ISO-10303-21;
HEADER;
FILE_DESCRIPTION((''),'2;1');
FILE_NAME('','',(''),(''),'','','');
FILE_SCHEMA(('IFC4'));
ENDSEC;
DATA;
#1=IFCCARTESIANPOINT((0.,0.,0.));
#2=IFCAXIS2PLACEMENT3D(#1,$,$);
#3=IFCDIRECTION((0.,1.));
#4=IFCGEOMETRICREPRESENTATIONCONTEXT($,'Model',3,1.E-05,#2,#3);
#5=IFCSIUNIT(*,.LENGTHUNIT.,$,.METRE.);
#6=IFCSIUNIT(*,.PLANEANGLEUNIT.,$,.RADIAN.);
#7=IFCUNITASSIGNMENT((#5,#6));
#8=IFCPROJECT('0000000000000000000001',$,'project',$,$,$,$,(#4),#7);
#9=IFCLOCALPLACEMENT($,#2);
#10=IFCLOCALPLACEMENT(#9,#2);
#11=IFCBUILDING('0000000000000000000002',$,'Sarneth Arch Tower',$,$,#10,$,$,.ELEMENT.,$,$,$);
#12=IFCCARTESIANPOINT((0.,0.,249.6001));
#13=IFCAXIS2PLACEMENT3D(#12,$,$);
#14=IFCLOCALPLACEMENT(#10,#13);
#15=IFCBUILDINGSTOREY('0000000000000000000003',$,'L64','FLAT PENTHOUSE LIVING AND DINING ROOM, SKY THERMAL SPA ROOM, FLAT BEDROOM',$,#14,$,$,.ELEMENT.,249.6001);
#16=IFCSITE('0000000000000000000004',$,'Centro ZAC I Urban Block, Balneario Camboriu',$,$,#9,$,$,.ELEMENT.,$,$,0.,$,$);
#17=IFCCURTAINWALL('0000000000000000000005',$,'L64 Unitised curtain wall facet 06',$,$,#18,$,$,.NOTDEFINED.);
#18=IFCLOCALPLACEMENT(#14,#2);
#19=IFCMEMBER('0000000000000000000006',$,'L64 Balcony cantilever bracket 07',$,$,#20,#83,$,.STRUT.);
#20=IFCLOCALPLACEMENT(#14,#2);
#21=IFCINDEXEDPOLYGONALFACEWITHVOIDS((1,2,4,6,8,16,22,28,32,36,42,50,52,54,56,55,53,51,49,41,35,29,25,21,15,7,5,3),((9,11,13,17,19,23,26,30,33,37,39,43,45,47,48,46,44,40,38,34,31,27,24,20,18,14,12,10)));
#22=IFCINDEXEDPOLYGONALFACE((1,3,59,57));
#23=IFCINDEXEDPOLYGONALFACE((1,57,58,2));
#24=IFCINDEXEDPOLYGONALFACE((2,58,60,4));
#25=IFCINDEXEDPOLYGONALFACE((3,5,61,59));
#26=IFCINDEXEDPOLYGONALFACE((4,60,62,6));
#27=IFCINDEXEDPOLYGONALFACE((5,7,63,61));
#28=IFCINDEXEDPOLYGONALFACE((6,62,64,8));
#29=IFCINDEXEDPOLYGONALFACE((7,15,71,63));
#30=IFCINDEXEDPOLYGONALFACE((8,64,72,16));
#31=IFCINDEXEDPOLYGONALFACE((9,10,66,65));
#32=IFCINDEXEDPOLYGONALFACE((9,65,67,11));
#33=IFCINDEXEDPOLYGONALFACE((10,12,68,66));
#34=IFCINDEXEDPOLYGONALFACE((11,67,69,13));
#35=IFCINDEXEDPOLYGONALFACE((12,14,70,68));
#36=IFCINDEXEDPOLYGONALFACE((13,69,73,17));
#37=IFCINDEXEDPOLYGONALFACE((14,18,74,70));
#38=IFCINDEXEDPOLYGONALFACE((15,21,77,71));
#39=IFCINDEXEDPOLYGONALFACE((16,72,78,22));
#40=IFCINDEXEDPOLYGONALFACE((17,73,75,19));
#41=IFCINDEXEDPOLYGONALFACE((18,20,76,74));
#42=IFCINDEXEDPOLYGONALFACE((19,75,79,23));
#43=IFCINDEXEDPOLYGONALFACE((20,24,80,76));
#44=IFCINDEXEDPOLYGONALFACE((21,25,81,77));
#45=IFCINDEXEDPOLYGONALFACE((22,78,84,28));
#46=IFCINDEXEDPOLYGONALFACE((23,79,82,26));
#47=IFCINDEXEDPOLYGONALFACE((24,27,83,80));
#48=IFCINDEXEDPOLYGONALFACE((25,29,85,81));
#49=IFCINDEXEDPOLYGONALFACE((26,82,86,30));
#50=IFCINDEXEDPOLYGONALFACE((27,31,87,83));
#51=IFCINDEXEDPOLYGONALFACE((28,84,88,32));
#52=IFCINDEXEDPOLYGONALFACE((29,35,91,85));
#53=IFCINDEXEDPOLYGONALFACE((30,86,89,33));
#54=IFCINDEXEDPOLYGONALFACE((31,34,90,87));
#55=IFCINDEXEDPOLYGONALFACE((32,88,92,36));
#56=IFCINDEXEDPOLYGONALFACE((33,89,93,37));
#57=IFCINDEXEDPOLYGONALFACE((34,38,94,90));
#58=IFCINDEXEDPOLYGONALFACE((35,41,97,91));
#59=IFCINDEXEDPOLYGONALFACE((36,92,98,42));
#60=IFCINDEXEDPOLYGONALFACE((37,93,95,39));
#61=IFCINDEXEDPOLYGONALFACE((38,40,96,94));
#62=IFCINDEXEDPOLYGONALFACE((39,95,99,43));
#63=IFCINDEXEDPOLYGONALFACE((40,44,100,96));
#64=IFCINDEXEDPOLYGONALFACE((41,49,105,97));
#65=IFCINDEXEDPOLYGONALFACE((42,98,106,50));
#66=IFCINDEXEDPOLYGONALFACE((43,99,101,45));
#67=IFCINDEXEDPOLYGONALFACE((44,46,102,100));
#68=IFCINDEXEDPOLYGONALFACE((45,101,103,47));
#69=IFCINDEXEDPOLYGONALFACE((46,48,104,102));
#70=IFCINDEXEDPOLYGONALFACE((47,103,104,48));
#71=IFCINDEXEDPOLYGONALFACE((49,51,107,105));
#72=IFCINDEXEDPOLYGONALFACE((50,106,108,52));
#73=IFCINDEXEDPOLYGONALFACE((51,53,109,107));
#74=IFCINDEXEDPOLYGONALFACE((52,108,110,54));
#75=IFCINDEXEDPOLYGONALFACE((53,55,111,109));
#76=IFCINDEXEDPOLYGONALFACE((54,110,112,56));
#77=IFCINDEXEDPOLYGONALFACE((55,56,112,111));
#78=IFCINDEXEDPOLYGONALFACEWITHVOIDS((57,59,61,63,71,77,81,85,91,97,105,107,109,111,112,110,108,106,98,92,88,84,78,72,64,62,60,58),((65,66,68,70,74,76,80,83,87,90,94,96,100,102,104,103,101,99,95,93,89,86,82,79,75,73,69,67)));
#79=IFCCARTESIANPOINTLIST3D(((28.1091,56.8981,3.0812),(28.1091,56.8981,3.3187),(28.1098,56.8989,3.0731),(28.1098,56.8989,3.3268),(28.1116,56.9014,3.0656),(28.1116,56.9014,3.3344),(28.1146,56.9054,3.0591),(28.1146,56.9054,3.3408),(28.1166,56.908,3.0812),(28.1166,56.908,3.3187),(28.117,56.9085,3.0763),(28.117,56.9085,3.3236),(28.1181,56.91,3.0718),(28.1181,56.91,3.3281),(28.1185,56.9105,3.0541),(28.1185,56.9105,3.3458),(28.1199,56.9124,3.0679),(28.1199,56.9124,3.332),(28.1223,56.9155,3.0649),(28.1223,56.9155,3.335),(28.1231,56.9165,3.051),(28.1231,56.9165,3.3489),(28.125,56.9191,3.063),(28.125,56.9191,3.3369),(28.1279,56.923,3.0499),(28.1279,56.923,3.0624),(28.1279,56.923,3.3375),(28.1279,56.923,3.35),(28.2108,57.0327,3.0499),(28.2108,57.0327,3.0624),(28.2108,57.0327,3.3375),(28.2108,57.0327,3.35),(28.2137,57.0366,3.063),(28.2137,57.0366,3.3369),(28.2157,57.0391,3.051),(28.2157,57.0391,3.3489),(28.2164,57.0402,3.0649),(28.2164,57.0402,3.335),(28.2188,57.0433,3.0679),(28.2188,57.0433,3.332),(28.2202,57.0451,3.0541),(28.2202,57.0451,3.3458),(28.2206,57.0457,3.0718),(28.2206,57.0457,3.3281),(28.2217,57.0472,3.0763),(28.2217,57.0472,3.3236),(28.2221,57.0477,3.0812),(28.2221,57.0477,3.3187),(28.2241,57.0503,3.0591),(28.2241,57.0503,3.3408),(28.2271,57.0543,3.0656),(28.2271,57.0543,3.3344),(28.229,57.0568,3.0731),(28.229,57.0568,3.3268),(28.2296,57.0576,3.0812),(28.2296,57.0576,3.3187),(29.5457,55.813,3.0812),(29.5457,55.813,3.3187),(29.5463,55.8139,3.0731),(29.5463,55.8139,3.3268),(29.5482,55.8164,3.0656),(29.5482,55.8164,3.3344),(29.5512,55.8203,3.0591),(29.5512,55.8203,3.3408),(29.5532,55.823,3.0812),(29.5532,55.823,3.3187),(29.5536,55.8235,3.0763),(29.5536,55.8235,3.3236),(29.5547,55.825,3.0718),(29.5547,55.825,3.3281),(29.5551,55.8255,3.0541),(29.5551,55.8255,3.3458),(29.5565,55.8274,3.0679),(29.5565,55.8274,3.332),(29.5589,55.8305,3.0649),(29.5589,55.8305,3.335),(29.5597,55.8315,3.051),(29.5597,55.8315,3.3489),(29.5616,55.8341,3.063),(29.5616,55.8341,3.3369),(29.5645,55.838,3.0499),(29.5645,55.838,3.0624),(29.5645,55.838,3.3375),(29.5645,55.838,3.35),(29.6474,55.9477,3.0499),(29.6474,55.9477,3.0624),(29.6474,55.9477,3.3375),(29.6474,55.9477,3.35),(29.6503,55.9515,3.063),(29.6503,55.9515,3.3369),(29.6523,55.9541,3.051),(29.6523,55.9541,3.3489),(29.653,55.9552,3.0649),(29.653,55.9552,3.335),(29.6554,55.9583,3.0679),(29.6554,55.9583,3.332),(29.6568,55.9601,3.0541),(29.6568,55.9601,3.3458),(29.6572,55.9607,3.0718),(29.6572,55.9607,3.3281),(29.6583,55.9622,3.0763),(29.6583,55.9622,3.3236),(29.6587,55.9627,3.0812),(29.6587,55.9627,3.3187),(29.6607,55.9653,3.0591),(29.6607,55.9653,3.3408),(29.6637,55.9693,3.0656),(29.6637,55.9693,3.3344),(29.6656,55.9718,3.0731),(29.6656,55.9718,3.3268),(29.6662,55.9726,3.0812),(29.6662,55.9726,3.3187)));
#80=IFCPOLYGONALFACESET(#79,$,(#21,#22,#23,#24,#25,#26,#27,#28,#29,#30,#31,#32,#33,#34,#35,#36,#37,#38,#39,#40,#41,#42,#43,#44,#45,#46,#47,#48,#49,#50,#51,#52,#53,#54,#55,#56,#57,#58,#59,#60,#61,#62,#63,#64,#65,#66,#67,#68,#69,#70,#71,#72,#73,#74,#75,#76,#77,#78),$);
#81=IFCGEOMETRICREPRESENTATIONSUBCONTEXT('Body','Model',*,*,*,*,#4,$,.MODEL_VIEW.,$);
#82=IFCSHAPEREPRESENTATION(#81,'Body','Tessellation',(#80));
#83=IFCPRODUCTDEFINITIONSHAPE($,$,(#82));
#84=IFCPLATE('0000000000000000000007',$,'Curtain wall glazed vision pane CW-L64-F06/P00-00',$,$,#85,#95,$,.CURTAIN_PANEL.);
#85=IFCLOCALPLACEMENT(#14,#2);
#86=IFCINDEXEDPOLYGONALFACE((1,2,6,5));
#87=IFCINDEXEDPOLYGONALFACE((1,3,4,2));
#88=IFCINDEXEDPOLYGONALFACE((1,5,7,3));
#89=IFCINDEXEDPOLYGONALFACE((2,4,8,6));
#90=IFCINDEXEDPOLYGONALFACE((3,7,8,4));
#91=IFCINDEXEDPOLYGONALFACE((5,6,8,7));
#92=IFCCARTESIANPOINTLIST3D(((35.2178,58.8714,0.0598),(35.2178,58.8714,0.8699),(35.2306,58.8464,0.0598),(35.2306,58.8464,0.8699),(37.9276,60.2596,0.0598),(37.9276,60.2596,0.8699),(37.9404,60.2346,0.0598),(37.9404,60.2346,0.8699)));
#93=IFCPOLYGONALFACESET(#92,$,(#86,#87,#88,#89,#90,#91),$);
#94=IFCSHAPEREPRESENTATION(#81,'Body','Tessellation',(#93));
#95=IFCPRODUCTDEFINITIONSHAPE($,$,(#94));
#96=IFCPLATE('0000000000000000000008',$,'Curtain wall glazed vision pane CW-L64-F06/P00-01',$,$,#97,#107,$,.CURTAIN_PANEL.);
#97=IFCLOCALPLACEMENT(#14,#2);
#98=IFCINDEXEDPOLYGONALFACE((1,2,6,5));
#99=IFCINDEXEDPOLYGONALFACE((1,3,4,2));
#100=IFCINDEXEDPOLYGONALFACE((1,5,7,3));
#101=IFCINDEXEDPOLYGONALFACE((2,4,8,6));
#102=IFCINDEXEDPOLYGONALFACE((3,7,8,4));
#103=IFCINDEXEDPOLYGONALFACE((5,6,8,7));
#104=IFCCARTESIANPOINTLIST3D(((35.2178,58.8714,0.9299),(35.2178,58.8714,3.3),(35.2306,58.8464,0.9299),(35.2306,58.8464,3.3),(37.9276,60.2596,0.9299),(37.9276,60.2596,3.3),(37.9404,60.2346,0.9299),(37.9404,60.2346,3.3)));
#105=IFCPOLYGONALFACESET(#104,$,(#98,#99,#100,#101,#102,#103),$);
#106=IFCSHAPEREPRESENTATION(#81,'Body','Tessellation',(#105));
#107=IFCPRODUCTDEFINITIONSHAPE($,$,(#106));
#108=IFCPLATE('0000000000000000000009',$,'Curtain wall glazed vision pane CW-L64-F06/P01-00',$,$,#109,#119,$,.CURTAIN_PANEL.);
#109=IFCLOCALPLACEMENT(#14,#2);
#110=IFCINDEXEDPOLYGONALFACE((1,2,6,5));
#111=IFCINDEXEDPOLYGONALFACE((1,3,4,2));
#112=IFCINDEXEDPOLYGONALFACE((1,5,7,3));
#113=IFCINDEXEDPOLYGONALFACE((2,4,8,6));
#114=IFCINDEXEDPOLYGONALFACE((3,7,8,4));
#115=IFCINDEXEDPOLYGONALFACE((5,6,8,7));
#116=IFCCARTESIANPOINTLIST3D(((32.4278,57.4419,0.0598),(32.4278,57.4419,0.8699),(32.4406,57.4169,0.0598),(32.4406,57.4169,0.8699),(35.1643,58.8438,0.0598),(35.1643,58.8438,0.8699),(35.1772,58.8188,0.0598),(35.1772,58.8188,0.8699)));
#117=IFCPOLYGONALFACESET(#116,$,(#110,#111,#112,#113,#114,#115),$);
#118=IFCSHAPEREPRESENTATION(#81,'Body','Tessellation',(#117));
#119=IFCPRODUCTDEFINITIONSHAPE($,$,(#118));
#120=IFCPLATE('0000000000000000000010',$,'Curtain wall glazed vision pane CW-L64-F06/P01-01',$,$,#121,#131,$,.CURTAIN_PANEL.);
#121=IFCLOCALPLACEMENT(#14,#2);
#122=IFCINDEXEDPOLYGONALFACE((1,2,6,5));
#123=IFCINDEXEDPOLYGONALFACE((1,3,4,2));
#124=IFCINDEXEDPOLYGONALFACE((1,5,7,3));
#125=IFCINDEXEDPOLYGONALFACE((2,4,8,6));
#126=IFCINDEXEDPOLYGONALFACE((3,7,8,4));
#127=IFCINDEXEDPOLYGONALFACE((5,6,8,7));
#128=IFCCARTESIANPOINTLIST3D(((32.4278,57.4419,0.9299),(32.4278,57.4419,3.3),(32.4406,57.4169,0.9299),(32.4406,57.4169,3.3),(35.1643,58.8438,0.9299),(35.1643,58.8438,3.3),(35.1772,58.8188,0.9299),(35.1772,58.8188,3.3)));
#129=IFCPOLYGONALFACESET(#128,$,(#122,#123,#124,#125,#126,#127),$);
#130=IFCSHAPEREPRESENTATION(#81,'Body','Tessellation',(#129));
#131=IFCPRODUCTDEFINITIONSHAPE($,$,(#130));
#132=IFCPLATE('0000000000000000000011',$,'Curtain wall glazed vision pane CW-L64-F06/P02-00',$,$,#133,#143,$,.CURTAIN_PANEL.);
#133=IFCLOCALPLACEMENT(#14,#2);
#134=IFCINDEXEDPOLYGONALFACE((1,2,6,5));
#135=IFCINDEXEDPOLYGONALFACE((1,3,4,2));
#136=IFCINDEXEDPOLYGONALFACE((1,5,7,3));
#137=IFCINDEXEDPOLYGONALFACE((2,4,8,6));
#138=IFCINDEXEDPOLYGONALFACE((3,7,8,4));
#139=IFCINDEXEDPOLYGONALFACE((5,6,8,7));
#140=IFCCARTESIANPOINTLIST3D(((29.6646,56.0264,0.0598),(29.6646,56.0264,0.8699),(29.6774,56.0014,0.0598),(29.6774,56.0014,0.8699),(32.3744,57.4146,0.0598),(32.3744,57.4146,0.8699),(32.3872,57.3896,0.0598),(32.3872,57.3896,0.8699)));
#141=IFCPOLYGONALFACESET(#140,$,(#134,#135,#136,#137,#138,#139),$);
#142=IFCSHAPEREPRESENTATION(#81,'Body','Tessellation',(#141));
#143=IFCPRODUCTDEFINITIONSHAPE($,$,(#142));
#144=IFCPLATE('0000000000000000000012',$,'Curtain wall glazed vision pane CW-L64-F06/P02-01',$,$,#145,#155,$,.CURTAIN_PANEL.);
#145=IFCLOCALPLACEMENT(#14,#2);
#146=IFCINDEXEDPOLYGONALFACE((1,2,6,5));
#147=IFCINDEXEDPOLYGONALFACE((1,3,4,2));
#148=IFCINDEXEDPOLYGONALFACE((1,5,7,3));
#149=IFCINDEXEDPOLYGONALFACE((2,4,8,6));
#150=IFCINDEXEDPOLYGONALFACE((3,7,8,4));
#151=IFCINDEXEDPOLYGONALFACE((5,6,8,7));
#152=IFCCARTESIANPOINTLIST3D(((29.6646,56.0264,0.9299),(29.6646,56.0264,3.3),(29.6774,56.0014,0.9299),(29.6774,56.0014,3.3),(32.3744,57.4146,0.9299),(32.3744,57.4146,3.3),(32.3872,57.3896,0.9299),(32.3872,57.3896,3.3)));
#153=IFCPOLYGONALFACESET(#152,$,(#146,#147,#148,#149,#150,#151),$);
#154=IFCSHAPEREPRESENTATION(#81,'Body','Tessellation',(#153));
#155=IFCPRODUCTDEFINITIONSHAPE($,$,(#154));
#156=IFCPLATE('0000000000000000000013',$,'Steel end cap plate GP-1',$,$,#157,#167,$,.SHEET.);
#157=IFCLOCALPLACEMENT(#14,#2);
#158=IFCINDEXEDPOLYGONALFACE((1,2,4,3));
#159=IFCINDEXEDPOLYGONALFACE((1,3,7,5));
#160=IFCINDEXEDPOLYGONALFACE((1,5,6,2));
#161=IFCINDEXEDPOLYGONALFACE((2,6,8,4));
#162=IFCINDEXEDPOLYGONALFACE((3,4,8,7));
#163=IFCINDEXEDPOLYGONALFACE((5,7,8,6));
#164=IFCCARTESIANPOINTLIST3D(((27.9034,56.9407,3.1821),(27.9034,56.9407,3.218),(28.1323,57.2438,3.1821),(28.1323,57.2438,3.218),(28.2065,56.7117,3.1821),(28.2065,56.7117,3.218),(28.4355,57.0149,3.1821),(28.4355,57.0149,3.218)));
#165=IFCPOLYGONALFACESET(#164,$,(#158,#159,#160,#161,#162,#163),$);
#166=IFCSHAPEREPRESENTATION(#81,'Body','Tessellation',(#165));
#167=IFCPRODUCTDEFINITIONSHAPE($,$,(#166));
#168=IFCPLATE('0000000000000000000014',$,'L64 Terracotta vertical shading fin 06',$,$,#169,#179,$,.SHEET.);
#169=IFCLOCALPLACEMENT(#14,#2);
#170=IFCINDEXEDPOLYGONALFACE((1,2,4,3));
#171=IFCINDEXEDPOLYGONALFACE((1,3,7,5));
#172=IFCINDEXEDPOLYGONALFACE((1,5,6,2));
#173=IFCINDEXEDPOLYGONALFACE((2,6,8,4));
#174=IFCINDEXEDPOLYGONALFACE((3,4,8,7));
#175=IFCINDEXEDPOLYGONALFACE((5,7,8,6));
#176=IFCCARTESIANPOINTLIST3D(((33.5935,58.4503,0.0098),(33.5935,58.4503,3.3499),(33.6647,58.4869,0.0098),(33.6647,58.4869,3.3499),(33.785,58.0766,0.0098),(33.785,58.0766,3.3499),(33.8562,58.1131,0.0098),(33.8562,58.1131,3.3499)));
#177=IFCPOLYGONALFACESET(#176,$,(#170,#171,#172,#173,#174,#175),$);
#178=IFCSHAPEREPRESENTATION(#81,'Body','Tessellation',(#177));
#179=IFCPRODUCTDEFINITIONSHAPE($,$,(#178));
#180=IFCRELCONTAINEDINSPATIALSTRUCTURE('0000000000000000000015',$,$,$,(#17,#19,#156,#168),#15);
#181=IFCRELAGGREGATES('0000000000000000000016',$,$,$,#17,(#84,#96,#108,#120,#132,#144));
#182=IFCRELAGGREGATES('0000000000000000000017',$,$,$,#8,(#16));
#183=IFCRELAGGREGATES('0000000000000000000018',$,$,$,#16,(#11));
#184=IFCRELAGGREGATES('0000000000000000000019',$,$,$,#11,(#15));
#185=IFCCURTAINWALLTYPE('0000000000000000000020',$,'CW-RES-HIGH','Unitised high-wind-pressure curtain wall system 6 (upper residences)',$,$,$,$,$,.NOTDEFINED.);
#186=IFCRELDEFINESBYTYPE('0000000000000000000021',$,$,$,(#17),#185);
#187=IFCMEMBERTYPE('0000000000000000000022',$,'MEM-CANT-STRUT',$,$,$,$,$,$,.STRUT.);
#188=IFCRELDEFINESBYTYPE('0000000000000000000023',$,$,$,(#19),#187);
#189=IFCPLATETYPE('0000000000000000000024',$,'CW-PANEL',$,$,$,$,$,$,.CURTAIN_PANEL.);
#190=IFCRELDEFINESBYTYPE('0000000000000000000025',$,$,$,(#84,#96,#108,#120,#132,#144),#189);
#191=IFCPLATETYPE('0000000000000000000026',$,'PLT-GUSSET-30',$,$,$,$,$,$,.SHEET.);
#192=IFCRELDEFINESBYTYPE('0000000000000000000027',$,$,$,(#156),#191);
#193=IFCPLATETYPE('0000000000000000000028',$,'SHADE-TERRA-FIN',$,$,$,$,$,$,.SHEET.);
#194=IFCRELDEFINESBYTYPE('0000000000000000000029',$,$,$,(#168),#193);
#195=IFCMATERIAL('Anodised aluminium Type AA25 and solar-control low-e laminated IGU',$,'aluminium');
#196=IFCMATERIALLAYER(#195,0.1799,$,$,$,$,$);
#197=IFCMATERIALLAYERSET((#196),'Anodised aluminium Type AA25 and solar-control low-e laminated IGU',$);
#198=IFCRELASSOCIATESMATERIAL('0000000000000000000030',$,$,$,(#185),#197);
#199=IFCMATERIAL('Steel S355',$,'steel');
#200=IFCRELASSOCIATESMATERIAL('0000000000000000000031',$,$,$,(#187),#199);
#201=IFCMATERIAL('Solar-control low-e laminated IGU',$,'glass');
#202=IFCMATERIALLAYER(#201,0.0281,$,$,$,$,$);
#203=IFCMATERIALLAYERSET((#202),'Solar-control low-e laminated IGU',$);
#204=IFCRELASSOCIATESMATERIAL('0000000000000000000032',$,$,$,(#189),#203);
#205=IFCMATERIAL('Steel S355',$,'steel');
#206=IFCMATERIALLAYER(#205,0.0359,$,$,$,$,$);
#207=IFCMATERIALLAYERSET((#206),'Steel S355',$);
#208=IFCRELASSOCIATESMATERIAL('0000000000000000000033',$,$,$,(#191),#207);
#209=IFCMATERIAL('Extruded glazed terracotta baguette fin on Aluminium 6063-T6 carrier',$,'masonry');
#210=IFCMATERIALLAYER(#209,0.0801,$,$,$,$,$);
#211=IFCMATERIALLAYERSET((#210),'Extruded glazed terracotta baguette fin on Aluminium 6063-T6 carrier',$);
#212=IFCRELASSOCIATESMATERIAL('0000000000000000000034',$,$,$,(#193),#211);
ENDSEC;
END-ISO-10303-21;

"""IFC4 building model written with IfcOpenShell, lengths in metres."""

from ifc_helpers import new_model, si_unit, direction, frame, origin, origin_2d, place, context, subcontext, project, spatial, rectangle, hollow_rectangle, extrude, material, layer, layer_set, material_profile, profile_set, type_object, element, aggregate, save


model = new_model("IFC4")

# Units and contexts
model_context = context("Model", 3, precision=1e-05, world=origin(), true_north=direction((0.0, 1.0)))
body_context = subcontext(model_context, "Body", "Model", "MODEL_VIEW")
ifc_project = project(units=[si_unit("LENGTHUNIT", "METRE"), si_unit("PLANEANGLEUNIT", "RADIAN")], contexts=[model_context])

# Site, building, storey
site_placement = place(None, origin())
site = spatial("IfcSite", under=ifc_project, at=site_placement, Name="Centro ZAC I Urban Block, Balneario Camboriu", CompositionType="ELEMENT", RefElevation=0.0)
building_placement = place(site_placement, origin())
building = spatial("IfcBuilding", under=site, at=building_placement, Name="Sarneth Arch Tower", CompositionType="ELEMENT")
storey_placement = place(building_placement, frame((0.0, 0.0, 249.6001)))
storey = spatial("IfcBuildingStorey", under=building, at=storey_placement, Name="L64", Description="FLAT PENTHOUSE LIVING AND DINING ROOM, SKY THERMAL SPA ROOM, FLAT BEDROOM", CompositionType="ELEMENT", Elevation=249.6001)

# Curtain wall
ifc_material_1 = material(Name="Anodised aluminium Type AA25 and solar-control low-e laminated IGU", Category="aluminium")
ifc_layer_1 = layer(ifc_material_1, 0.1799)
ifc_layer_set_1 = layer_set([ifc_layer_1], Name="Anodised aluminium Type AA25 and solar-control low-e laminated IGU")
curtain_wall_type = type_object("IfcCurtainWallType", Name="CW-RES-HIGH", Description="Unitised high-wind-pressure curtain wall system 6 (upper residences)", PredefinedType="NOTDEFINED", material=ifc_layer_set_1)
curtain_wall_placement = place(storey_placement, origin())
curtain_wall = element("IfcCurtainWall", 1, at=curtain_wall_placement, inside=storey, type_object=curtain_wall_type, Name="L64 Unitised curtain wall facet 06", PredefinedType="NOTDEFINED")

# Member
ifc_material_2 = material(Name="Steel S355", Category="steel")
ifc_material_profile_1 = material_profile(ifc_material_2, hollow_rectangle(XDim=0.2, YDim=0.3, WallThickness=0.0125, InnerFilletRadius=0.0188, OuterFilletRadius=0.0312, at=origin_2d()), Name="RHS300x200x12.5")
ifc_profile_set_1 = profile_set([ifc_material_profile_1], Name="Steel S355")
member_type_1 = type_object("IfcMemberType", Name="MEM-CANT-STRUT", PredefinedType="STRUT", material=ifc_profile_set_1)
member_1_placement = place(storey_placement, frame((29.606, 55.8928, 3.2), z_axis=(-0.797977, 0.602687, 0.0), x_axis=(-0.602687, -0.797977, 0.0)))
element("IfcMember", 2, at=member_1_placement, inside=storey, type_object=member_type_1, Name="L64 Balcony cantilever bracket 07", PredefinedType="STRUT", context=body_context, shape_type="SweptSolid", body=[
    extrude(hollow_rectangle(XDim=0.2, YDim=0.3, WallThickness=0.0125, InnerFilletRadius=0.0188, OuterFilletRadius=0.0312, at=origin_2d()), origin(), (0.0, 0.0, 1.0), 1.8003),
])

# Plates
ifc_material_3 = material(Name="Solar-control low-e laminated IGU", Category="glass")
ifc_layer_2 = layer(ifc_material_3, 0.0281)
ifc_layer_set_2 = layer_set([ifc_layer_2], Name="Solar-control low-e laminated IGU")
plate_type_1 = type_object("IfcPlateType", Name="CW-PANEL", PredefinedType="CURTAIN_PANEL", material=ifc_layer_set_2)
plate_1_placement = place(storey_placement, frame((36.5791, 59.553, 0.0598), z_axis=(0.0, 0.0, 1.0), x_axis=(-0.89001, -0.455942, 0.0)))
plate_1 = element("IfcPlate", 3, at=plate_1_placement, type_object=plate_type_1, Name="Curtain wall glazed vision pane CW-L64-F06/P00-00", PredefinedType="CURTAIN_PANEL", context=body_context, shape_type="SweptSolid", body=[
    extrude(rectangle(XDim=3.0447, YDim=0.0281, at=origin_2d()), origin(), (0.0, 0.0, 1.0), 0.8101),
])
plate_2_placement = place(storey_placement, frame((36.5791, 59.553, 0.9299), z_axis=(0.0, 0.0, 1.0), x_axis=(-0.89001, -0.455942, 0.0)))
plate_2 = element("IfcPlate", 4, at=plate_2_placement, type_object=plate_type_1, Name="Curtain wall glazed vision pane CW-L64-F06/P00-01", PredefinedType="CURTAIN_PANEL", context=body_context, shape_type="SweptSolid", body=[
    extrude(rectangle(XDim=3.0447, YDim=0.0281, at=origin_2d()), origin(), (0.0, 0.0, 1.0), 2.3701),
])
plate_3_placement = place(storey_placement, frame((33.8025, 58.1304, 0.0598), z_axis=(0.0, 0.0, 1.0), x_axis=(-0.89001, -0.455942, 0.0)))
plate_3 = element("IfcPlate", 5, at=plate_3_placement, type_object=plate_type_1, Name="Curtain wall glazed vision pane CW-L64-F06/P01-00", PredefinedType="CURTAIN_PANEL", context=body_context, shape_type="SweptSolid", body=[
    extrude(rectangle(XDim=3.0747, YDim=0.0281, at=origin_2d()), origin(), (0.0, 0.0, 1.0), 0.8101),
])
plate_4_placement = place(storey_placement, frame((33.8025, 58.1304, 0.9299), z_axis=(0.0, 0.0, 1.0), x_axis=(-0.89001, -0.455942, 0.0)))
plate_4 = element("IfcPlate", 6, at=plate_4_placement, type_object=plate_type_1, Name="Curtain wall glazed vision pane CW-L64-F06/P01-01", PredefinedType="CURTAIN_PANEL", context=body_context, shape_type="SweptSolid", body=[
    extrude(rectangle(XDim=3.0747, YDim=0.0281, at=origin_2d()), origin(), (0.0, 0.0, 1.0), 2.3701),
])
plate_5_placement = place(storey_placement, frame((31.0259, 56.708, 0.0598), z_axis=(0.0, 0.0, 1.0), x_axis=(-0.89001, -0.455942, 0.0)))
plate_5 = element("IfcPlate", 7, at=plate_5_placement, type_object=plate_type_1, Name="Curtain wall glazed vision pane CW-L64-F06/P02-00", PredefinedType="CURTAIN_PANEL", context=body_context, shape_type="SweptSolid", body=[
    extrude(rectangle(XDim=3.0447, YDim=0.0281, at=origin_2d()), origin(), (0.0, 0.0, 1.0), 0.8101),
])
plate_6_placement = place(storey_placement, frame((31.0259, 56.708, 0.9299), z_axis=(0.0, 0.0, 1.0), x_axis=(-0.89001, -0.455942, 0.0)))
plate_6 = element("IfcPlate", 8, at=plate_6_placement, type_object=plate_type_1, Name="Curtain wall glazed vision pane CW-L64-F06/P02-01", PredefinedType="CURTAIN_PANEL", context=body_context, shape_type="SweptSolid", body=[
    extrude(rectangle(XDim=3.0447, YDim=0.0281, at=origin_2d()), origin(), (0.0, 0.0, 1.0), 2.3701),
])
aggregate(curtain_wall, [plate_1, plate_2, plate_3, plate_4, plate_5, plate_6])

# Plates
ifc_material_4 = material(Name="Steel S355", Category="steel")
ifc_layer_3 = layer(ifc_material_4, 0.0359)
ifc_layer_set_3 = layer_set([ifc_layer_3], Name="Steel S355")
plate_type_2 = type_object("IfcPlateType", Name="PLT-GUSSET-30", PredefinedType="SHEET", material=ifc_layer_set_3)
plate_7_placement = place(storey_placement, frame((28.1694, 56.9778, 3.1821), z_axis=(0.0, 0.0, 1.0), x_axis=(-0.798005, 0.602651, 0.0)))
element("IfcPlate", 9, at=plate_7_placement, inside=storey, type_object=plate_type_2, Name="Steel end cap plate GP-1", PredefinedType="SHEET", context=body_context, shape_type="SweptSolid", body=[
    extrude(rectangle(XDim=0.3799, YDim=0.3799, at=origin_2d()), origin(), (0.0, 0.0, 1.0), 0.0359),
])
ifc_material_5 = material(Name="Extruded glazed terracotta baguette fin on Aluminium 6063-T6 carrier", Category="masonry")
ifc_layer_4 = layer(ifc_material_5, 0.0801)
ifc_layer_set_4 = layer_set([ifc_layer_4], Name="Extruded glazed terracotta baguette fin on Aluminium 6063-T6 carrier")
plate_type_3 = type_object("IfcPlateType", Name="SHADE-TERRA-FIN", PredefinedType="SHEET", material=ifc_layer_set_4)
plate_8_placement = place(storey_placement, frame((33.7249, 58.2817, 0.0098), z_axis=(0.0, 0.0, 1.0), x_axis=(-0.456011, 0.889974, 0.0)))
element("IfcPlate", 10, at=plate_8_placement, inside=storey, type_object=plate_type_3, Name="L64 Terracotta vertical shading fin 06", PredefinedType="SHEET", context=body_context, shape_type="SweptSolid", body=[
    extrude(rectangle(XDim=0.4199, YDim=0.0801, at=origin_2d()), origin(), (0.0, 0.0, 1.0), 3.3401),
])

save(model, "model.ifc")
